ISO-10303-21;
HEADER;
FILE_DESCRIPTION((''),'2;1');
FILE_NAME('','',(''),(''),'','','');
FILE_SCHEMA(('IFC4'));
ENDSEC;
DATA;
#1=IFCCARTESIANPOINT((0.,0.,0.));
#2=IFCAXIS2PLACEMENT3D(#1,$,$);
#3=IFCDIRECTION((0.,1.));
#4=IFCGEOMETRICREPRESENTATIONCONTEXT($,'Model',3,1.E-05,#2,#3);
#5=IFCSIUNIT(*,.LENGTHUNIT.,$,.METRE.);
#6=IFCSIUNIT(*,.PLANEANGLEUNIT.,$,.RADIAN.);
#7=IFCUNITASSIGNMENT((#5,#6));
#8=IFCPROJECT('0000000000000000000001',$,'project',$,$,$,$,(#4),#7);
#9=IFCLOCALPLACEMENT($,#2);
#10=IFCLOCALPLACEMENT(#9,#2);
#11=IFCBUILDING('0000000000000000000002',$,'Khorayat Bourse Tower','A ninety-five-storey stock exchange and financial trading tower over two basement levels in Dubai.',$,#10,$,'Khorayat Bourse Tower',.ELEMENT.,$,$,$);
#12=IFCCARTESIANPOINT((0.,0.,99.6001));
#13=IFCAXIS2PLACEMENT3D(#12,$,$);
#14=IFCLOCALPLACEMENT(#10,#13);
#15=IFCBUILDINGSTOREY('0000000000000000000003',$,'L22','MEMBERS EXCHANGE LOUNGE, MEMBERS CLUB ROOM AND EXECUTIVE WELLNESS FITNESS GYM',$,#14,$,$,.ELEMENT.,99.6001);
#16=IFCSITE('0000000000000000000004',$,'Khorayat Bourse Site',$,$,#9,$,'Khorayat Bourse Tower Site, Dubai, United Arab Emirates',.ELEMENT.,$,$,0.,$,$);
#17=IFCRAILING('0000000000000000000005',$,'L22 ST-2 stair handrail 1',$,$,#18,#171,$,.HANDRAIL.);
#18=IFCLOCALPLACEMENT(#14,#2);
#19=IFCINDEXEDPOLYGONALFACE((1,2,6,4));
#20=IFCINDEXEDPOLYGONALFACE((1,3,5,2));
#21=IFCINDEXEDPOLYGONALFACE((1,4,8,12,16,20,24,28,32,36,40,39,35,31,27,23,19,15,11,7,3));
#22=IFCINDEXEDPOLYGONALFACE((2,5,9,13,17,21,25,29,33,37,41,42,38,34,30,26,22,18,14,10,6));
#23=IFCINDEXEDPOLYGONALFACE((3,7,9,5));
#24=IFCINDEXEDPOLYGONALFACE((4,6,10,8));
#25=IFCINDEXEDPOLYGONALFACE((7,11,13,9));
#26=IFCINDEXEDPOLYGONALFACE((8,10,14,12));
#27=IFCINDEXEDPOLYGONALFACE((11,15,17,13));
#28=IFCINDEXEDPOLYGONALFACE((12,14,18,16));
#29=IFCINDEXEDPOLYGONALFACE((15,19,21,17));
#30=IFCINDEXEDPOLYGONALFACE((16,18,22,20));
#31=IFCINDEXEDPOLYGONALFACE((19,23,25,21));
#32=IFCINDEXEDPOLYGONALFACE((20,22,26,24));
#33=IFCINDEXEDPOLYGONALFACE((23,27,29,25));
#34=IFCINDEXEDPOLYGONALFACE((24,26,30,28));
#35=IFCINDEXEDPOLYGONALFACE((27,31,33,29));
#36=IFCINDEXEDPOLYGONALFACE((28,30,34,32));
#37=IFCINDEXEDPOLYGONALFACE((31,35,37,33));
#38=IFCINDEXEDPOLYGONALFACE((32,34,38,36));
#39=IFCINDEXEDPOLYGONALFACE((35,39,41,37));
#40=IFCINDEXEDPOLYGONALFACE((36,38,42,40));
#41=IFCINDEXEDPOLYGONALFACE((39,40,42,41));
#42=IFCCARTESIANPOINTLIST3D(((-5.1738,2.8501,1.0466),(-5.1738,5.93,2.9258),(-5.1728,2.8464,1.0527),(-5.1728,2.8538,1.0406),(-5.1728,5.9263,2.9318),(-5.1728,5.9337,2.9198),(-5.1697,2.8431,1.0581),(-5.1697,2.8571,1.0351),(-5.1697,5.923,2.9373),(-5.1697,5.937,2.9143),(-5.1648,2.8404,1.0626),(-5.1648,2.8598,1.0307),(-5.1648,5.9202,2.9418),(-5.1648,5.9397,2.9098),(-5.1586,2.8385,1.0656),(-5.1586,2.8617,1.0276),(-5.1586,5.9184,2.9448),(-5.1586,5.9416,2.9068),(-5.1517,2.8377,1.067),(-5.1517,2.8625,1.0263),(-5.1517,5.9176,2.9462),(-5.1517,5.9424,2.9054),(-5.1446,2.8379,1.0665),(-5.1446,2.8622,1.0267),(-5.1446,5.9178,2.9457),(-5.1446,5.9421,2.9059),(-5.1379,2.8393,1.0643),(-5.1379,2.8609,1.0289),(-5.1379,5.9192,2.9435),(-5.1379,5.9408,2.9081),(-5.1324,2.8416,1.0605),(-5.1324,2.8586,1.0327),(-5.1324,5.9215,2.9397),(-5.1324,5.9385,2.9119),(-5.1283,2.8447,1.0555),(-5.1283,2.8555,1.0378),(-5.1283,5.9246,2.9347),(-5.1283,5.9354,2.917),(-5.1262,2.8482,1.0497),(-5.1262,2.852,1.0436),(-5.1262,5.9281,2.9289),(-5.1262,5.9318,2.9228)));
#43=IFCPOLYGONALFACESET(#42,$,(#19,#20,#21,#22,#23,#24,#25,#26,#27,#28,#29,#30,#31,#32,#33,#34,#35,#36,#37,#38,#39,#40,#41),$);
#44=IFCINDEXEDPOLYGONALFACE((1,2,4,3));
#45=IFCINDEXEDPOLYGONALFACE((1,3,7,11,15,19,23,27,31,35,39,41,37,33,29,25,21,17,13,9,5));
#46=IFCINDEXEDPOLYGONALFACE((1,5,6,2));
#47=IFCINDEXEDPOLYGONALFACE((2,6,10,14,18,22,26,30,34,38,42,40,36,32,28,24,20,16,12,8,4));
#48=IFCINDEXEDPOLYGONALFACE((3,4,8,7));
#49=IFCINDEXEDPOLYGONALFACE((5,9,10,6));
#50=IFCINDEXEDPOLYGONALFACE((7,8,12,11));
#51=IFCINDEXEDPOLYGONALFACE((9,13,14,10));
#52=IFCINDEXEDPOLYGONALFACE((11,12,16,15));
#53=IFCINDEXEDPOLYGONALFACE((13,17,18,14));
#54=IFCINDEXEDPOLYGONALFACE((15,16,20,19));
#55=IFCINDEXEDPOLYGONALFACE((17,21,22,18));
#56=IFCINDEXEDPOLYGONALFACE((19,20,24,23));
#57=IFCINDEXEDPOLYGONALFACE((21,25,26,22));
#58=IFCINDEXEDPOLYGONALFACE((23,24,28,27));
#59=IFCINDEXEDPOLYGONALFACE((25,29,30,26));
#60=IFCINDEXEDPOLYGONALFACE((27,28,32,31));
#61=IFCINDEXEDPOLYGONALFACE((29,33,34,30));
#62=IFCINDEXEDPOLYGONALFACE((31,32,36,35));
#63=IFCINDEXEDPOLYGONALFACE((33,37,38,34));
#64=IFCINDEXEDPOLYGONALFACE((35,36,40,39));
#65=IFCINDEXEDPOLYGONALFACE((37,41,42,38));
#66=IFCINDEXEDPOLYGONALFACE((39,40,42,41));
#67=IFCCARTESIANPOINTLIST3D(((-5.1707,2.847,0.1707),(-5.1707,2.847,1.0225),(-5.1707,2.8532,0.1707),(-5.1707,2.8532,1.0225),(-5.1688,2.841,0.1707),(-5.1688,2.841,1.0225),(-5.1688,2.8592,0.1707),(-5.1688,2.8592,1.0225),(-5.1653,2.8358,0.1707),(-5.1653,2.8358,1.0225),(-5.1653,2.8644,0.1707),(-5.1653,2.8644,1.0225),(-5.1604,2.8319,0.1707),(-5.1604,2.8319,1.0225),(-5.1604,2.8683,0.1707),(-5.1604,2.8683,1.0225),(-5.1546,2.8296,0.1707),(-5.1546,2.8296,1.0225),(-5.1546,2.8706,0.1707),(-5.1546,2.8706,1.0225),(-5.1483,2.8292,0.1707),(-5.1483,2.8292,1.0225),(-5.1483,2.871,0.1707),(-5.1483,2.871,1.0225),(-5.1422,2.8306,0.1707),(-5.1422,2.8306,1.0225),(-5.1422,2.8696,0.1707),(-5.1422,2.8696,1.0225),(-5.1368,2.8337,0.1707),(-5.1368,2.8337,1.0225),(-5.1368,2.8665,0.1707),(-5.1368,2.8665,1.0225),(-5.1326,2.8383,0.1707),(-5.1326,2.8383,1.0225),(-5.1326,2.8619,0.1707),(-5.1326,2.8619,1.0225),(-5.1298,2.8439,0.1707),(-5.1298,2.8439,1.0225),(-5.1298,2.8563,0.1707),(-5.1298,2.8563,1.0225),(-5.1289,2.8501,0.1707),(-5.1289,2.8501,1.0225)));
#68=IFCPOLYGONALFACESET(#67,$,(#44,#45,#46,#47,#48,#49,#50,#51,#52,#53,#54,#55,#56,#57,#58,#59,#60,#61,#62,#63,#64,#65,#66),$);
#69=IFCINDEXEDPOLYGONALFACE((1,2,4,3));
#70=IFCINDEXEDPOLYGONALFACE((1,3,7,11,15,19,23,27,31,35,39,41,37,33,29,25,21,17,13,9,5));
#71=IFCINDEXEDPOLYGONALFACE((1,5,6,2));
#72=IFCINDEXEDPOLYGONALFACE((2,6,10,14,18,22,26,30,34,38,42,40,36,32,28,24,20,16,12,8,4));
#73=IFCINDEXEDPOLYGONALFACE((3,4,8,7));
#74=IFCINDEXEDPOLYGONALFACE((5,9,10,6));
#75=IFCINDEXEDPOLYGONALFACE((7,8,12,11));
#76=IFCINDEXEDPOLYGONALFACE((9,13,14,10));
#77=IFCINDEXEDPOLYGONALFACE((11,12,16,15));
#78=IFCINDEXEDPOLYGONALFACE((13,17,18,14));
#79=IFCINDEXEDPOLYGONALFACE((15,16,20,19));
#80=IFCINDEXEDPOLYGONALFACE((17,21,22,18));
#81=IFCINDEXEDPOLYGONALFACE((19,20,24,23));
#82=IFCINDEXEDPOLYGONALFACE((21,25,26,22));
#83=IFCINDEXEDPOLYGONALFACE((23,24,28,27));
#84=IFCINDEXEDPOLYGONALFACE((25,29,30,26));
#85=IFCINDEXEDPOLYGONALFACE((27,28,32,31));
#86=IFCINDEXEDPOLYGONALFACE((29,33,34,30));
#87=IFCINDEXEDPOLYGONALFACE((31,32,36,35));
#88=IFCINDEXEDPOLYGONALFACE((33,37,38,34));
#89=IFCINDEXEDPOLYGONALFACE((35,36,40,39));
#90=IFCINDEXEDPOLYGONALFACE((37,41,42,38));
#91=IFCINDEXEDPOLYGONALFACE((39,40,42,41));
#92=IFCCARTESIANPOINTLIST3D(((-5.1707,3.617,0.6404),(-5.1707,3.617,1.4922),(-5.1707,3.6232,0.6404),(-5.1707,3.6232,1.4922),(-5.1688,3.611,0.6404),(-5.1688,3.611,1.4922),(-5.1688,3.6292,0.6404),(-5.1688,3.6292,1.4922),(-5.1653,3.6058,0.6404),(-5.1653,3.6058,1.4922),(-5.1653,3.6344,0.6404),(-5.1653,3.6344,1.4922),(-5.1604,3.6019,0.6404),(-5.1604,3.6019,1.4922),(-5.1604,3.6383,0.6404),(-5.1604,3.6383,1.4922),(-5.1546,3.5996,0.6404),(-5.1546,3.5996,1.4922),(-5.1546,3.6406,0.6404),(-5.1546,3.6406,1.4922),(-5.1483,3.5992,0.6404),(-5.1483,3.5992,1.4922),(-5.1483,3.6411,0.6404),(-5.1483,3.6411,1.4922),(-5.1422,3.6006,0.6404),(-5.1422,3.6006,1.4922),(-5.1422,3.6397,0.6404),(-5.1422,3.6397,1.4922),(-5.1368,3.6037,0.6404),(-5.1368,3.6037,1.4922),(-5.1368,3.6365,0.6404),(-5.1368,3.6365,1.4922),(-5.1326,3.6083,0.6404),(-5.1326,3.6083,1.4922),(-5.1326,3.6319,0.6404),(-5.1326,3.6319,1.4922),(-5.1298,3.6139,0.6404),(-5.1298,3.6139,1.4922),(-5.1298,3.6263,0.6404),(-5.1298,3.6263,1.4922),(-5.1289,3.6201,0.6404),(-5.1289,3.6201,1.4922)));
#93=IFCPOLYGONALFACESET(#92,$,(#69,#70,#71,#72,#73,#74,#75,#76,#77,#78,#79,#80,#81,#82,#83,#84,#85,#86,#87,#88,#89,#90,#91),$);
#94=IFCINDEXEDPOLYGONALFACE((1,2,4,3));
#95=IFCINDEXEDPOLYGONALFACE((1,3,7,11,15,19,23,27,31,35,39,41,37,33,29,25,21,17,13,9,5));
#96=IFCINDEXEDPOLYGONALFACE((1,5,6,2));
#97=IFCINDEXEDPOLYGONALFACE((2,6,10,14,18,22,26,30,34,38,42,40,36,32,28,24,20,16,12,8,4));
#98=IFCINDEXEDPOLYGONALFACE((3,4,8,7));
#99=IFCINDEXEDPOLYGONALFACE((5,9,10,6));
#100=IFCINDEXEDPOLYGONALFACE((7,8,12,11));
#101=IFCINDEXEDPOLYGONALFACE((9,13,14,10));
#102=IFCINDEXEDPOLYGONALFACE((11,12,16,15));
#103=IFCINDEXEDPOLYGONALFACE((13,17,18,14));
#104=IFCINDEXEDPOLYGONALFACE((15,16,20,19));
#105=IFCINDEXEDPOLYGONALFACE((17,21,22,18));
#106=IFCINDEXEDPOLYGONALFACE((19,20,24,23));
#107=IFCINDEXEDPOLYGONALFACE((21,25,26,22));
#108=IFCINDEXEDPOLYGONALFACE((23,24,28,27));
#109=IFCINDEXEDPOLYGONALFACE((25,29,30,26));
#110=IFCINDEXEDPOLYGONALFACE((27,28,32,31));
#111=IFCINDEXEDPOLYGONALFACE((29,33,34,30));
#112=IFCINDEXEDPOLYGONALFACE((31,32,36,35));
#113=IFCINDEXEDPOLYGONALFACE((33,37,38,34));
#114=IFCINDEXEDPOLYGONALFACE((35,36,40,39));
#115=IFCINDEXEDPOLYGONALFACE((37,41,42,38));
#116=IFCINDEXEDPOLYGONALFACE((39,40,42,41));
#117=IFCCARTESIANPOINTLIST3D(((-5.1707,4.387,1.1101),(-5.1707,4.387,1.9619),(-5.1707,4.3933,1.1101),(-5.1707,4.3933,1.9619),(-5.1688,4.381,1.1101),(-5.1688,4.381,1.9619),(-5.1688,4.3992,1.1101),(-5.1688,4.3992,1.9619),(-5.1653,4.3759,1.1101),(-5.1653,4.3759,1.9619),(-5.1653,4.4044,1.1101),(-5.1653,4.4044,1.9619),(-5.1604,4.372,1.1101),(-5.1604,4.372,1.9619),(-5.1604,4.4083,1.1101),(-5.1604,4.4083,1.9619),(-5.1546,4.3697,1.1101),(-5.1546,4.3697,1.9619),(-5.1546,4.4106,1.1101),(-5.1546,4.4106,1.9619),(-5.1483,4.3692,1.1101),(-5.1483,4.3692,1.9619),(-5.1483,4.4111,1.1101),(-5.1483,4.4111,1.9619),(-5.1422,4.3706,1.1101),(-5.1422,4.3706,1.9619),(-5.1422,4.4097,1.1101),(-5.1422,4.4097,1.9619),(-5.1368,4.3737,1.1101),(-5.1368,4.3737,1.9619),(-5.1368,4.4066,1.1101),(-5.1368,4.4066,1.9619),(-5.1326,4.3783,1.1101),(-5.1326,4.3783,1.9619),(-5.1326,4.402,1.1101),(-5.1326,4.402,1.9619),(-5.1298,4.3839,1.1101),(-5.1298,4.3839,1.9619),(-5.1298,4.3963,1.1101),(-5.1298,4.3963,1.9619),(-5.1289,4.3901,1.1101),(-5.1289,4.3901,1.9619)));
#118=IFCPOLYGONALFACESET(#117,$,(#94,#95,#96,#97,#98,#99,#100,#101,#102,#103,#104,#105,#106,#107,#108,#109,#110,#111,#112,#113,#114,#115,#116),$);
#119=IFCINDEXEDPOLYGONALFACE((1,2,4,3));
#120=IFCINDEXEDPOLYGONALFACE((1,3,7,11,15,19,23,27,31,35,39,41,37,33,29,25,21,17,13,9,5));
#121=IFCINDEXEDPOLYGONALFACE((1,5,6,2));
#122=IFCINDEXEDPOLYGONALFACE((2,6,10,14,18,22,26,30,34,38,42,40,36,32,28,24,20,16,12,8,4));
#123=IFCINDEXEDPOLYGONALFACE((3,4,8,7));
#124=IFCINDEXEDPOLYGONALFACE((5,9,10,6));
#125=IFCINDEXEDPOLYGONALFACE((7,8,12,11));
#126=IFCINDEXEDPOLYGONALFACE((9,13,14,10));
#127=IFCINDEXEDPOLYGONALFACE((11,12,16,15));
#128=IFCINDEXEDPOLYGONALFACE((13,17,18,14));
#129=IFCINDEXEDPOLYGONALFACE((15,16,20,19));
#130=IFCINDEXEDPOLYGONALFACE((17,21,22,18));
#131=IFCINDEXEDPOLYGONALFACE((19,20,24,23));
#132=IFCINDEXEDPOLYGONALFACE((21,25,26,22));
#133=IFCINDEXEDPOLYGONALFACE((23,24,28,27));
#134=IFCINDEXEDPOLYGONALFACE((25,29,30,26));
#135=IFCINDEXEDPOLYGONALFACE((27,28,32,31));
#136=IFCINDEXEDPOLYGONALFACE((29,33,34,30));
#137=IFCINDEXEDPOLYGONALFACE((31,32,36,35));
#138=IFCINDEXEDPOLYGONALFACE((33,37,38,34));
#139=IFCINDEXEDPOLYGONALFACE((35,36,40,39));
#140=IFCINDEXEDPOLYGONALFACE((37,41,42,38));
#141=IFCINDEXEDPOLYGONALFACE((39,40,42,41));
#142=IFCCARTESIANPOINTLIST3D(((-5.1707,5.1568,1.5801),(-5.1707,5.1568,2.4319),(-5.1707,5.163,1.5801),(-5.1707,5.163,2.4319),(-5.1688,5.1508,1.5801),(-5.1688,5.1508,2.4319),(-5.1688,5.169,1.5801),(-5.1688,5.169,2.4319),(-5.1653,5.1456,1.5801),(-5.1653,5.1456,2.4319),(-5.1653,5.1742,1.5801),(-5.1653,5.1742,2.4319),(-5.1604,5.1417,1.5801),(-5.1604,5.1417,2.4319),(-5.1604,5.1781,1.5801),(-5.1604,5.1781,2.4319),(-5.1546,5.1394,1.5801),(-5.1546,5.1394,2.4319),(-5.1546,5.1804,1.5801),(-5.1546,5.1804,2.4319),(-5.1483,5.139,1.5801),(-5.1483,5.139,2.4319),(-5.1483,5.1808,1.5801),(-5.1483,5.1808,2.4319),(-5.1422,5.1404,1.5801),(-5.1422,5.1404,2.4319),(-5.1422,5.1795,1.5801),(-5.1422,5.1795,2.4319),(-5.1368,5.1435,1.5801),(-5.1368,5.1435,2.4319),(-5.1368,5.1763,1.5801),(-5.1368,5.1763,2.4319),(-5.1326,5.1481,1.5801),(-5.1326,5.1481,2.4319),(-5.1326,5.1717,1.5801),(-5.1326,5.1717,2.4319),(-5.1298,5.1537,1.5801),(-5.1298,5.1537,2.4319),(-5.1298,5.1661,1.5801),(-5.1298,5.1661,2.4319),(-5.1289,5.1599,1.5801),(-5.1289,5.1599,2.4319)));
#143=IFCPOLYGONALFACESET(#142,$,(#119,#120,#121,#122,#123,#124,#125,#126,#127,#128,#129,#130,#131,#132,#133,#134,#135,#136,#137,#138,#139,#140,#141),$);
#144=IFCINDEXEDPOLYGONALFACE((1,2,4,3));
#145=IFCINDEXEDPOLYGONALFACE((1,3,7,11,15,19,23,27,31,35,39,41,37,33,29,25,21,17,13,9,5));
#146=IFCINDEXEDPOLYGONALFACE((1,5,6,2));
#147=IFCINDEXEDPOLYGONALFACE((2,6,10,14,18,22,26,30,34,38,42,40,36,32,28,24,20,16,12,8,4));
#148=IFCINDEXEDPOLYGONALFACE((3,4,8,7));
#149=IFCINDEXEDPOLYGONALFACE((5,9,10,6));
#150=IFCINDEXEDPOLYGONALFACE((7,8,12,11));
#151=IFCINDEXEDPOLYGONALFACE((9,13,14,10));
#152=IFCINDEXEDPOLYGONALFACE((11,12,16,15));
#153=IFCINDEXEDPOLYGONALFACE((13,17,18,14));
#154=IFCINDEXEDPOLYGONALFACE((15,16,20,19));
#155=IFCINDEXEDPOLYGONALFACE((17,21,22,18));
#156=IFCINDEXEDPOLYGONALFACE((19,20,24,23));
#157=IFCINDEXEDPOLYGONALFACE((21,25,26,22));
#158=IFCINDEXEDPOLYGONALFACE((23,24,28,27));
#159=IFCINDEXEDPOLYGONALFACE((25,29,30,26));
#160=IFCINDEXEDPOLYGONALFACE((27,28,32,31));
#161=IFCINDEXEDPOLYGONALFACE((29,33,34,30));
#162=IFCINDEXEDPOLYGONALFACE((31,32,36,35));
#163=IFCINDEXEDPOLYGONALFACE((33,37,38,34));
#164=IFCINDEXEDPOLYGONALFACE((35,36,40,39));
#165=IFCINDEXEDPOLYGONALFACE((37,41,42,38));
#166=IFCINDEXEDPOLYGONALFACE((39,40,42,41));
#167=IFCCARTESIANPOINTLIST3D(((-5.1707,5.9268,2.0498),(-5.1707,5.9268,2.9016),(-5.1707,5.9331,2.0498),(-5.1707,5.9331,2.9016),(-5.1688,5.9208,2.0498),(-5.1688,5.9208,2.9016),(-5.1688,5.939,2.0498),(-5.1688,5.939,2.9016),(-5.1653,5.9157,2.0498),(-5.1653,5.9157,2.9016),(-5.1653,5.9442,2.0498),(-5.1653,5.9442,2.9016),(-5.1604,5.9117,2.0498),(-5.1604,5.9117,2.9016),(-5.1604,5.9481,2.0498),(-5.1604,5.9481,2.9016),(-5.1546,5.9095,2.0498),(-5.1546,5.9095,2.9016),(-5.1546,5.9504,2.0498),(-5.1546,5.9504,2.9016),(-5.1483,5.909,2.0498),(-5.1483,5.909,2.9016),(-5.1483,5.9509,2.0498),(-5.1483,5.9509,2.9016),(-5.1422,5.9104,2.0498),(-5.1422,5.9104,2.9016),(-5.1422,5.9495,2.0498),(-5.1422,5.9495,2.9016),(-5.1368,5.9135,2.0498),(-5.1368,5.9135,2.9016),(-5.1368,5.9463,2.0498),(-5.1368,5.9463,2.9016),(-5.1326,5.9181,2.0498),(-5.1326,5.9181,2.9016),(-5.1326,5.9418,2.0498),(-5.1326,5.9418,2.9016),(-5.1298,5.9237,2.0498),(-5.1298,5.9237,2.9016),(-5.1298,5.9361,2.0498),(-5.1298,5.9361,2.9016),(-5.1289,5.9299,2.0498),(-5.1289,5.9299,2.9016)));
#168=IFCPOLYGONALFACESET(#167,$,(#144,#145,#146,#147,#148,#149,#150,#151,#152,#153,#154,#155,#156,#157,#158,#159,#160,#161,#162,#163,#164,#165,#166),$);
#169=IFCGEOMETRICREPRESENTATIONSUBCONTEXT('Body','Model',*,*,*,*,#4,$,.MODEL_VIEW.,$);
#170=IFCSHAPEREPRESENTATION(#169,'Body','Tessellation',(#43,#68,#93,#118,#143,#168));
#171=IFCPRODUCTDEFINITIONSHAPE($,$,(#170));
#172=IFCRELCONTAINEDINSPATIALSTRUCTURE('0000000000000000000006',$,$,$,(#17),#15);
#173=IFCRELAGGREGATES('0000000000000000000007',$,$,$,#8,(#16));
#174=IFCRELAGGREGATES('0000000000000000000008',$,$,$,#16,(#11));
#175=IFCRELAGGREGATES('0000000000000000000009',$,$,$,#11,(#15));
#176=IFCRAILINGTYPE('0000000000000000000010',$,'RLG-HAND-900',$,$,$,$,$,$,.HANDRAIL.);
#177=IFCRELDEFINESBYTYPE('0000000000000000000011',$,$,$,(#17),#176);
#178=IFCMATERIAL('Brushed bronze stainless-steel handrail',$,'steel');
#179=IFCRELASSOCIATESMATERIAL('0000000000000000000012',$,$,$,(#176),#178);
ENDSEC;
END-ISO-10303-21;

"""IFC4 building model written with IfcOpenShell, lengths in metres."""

from ifc_helpers import new_model, si_unit, direction, frame, origin, origin_2d, place, context, subcontext, project, spatial, circle, extrude, source, transform, mapped, material, type_object, element, save


model = new_model("IFC4")

# Units and contexts
model_context = context("Model", 3, precision=1e-05, world=origin(), true_north=direction((0.0, 1.0)))
body_context = subcontext(model_context, "Body", "Model", "MODEL_VIEW")
ifc_project = project(units=[si_unit("LENGTHUNIT", "METRE"), si_unit("PLANEANGLEUNIT", "RADIAN")], contexts=[model_context])

# Site, building, storey
site_placement = place(None, origin())
site = spatial("IfcSite", under=ifc_project, at=site_placement, Name="Khorayat Bourse Site", LongName="Khorayat Bourse Tower Site, Dubai, United Arab Emirates", CompositionType="ELEMENT", RefElevation=0.0)
building_placement = place(site_placement, origin())
building = spatial("IfcBuilding", under=site, at=building_placement, Name="Khorayat Bourse Tower", Description="A ninety-five-storey stock exchange and financial trading tower over two basement levels in Dubai.", LongName="Khorayat Bourse Tower", CompositionType="ELEMENT")
storey_placement = place(building_placement, frame((0.0, 0.0, 99.6001)))
storey = spatial("IfcBuildingStorey", under=building, at=storey_placement, Name="L22", Description="MEMBERS EXCHANGE LOUNGE, MEMBERS CLUB ROOM AND EXECUTIVE WELLNESS FITNESS GYM", CompositionType="ELEMENT", Elevation=99.6001)

# Railing
ifc_material_1 = material(Name="Brushed bronze stainless-steel handrail", Category="steel")
railing_type_1 = type_object("IfcRailingType", Name="RLG-HAND-900", PredefinedType="HANDRAIL", material=ifc_material_1)
shared_shape_1 = source(origin(), body_context, "Body", "SweptSolid", [
    extrude(circle(Radius=0.0239, at=origin_2d()), frame((0.0, 0.0, 0.876), z_axis=(0.0, 0.853648, 0.52085), x_axis=(-1.0, 0.0, 0.0)), (0.0, 0.0, 1.0), 3.6079),
    extrude(circle(Radius=0.021, at=origin_2d()), origin(), (0.0, 0.0, 1.0), 0.8518),
    extrude(circle(Radius=0.021, at=origin_2d()), frame((0.0, 0.77, 0.4697)), (0.0, 0.0, 1.0), 0.8518),
    extrude(circle(Radius=0.021, at=origin_2d()), frame((0.0, 1.54, 0.9395)), (0.0, 0.0, 1.0), 0.8518),
    extrude(circle(Radius=0.021, at=origin_2d()), frame((0.0, 2.3098, 1.4094)), (0.0, 0.0, 1.0), 0.8518),
    extrude(circle(Radius=0.021, at=origin_2d()), frame((0.0, 3.0798, 1.8792)), (0.0, 0.0, 1.0), 0.8518),
])
railing_1_placement = place(storey_placement, frame((-5.1499, 2.8501, 0.1707)))
element("IfcRailing", 1, at=railing_1_placement, inside=storey, type_object=railing_type_1, Name="L22 ST-2 stair handrail 1", PredefinedType="HANDRAIL", context=body_context, shape_type="MappedRepresentation", body=[
    mapped(shared_shape_1, transform((0.0, 0.0, 0.0), scale=1.0)),
])

save(model, "model.ifc")
